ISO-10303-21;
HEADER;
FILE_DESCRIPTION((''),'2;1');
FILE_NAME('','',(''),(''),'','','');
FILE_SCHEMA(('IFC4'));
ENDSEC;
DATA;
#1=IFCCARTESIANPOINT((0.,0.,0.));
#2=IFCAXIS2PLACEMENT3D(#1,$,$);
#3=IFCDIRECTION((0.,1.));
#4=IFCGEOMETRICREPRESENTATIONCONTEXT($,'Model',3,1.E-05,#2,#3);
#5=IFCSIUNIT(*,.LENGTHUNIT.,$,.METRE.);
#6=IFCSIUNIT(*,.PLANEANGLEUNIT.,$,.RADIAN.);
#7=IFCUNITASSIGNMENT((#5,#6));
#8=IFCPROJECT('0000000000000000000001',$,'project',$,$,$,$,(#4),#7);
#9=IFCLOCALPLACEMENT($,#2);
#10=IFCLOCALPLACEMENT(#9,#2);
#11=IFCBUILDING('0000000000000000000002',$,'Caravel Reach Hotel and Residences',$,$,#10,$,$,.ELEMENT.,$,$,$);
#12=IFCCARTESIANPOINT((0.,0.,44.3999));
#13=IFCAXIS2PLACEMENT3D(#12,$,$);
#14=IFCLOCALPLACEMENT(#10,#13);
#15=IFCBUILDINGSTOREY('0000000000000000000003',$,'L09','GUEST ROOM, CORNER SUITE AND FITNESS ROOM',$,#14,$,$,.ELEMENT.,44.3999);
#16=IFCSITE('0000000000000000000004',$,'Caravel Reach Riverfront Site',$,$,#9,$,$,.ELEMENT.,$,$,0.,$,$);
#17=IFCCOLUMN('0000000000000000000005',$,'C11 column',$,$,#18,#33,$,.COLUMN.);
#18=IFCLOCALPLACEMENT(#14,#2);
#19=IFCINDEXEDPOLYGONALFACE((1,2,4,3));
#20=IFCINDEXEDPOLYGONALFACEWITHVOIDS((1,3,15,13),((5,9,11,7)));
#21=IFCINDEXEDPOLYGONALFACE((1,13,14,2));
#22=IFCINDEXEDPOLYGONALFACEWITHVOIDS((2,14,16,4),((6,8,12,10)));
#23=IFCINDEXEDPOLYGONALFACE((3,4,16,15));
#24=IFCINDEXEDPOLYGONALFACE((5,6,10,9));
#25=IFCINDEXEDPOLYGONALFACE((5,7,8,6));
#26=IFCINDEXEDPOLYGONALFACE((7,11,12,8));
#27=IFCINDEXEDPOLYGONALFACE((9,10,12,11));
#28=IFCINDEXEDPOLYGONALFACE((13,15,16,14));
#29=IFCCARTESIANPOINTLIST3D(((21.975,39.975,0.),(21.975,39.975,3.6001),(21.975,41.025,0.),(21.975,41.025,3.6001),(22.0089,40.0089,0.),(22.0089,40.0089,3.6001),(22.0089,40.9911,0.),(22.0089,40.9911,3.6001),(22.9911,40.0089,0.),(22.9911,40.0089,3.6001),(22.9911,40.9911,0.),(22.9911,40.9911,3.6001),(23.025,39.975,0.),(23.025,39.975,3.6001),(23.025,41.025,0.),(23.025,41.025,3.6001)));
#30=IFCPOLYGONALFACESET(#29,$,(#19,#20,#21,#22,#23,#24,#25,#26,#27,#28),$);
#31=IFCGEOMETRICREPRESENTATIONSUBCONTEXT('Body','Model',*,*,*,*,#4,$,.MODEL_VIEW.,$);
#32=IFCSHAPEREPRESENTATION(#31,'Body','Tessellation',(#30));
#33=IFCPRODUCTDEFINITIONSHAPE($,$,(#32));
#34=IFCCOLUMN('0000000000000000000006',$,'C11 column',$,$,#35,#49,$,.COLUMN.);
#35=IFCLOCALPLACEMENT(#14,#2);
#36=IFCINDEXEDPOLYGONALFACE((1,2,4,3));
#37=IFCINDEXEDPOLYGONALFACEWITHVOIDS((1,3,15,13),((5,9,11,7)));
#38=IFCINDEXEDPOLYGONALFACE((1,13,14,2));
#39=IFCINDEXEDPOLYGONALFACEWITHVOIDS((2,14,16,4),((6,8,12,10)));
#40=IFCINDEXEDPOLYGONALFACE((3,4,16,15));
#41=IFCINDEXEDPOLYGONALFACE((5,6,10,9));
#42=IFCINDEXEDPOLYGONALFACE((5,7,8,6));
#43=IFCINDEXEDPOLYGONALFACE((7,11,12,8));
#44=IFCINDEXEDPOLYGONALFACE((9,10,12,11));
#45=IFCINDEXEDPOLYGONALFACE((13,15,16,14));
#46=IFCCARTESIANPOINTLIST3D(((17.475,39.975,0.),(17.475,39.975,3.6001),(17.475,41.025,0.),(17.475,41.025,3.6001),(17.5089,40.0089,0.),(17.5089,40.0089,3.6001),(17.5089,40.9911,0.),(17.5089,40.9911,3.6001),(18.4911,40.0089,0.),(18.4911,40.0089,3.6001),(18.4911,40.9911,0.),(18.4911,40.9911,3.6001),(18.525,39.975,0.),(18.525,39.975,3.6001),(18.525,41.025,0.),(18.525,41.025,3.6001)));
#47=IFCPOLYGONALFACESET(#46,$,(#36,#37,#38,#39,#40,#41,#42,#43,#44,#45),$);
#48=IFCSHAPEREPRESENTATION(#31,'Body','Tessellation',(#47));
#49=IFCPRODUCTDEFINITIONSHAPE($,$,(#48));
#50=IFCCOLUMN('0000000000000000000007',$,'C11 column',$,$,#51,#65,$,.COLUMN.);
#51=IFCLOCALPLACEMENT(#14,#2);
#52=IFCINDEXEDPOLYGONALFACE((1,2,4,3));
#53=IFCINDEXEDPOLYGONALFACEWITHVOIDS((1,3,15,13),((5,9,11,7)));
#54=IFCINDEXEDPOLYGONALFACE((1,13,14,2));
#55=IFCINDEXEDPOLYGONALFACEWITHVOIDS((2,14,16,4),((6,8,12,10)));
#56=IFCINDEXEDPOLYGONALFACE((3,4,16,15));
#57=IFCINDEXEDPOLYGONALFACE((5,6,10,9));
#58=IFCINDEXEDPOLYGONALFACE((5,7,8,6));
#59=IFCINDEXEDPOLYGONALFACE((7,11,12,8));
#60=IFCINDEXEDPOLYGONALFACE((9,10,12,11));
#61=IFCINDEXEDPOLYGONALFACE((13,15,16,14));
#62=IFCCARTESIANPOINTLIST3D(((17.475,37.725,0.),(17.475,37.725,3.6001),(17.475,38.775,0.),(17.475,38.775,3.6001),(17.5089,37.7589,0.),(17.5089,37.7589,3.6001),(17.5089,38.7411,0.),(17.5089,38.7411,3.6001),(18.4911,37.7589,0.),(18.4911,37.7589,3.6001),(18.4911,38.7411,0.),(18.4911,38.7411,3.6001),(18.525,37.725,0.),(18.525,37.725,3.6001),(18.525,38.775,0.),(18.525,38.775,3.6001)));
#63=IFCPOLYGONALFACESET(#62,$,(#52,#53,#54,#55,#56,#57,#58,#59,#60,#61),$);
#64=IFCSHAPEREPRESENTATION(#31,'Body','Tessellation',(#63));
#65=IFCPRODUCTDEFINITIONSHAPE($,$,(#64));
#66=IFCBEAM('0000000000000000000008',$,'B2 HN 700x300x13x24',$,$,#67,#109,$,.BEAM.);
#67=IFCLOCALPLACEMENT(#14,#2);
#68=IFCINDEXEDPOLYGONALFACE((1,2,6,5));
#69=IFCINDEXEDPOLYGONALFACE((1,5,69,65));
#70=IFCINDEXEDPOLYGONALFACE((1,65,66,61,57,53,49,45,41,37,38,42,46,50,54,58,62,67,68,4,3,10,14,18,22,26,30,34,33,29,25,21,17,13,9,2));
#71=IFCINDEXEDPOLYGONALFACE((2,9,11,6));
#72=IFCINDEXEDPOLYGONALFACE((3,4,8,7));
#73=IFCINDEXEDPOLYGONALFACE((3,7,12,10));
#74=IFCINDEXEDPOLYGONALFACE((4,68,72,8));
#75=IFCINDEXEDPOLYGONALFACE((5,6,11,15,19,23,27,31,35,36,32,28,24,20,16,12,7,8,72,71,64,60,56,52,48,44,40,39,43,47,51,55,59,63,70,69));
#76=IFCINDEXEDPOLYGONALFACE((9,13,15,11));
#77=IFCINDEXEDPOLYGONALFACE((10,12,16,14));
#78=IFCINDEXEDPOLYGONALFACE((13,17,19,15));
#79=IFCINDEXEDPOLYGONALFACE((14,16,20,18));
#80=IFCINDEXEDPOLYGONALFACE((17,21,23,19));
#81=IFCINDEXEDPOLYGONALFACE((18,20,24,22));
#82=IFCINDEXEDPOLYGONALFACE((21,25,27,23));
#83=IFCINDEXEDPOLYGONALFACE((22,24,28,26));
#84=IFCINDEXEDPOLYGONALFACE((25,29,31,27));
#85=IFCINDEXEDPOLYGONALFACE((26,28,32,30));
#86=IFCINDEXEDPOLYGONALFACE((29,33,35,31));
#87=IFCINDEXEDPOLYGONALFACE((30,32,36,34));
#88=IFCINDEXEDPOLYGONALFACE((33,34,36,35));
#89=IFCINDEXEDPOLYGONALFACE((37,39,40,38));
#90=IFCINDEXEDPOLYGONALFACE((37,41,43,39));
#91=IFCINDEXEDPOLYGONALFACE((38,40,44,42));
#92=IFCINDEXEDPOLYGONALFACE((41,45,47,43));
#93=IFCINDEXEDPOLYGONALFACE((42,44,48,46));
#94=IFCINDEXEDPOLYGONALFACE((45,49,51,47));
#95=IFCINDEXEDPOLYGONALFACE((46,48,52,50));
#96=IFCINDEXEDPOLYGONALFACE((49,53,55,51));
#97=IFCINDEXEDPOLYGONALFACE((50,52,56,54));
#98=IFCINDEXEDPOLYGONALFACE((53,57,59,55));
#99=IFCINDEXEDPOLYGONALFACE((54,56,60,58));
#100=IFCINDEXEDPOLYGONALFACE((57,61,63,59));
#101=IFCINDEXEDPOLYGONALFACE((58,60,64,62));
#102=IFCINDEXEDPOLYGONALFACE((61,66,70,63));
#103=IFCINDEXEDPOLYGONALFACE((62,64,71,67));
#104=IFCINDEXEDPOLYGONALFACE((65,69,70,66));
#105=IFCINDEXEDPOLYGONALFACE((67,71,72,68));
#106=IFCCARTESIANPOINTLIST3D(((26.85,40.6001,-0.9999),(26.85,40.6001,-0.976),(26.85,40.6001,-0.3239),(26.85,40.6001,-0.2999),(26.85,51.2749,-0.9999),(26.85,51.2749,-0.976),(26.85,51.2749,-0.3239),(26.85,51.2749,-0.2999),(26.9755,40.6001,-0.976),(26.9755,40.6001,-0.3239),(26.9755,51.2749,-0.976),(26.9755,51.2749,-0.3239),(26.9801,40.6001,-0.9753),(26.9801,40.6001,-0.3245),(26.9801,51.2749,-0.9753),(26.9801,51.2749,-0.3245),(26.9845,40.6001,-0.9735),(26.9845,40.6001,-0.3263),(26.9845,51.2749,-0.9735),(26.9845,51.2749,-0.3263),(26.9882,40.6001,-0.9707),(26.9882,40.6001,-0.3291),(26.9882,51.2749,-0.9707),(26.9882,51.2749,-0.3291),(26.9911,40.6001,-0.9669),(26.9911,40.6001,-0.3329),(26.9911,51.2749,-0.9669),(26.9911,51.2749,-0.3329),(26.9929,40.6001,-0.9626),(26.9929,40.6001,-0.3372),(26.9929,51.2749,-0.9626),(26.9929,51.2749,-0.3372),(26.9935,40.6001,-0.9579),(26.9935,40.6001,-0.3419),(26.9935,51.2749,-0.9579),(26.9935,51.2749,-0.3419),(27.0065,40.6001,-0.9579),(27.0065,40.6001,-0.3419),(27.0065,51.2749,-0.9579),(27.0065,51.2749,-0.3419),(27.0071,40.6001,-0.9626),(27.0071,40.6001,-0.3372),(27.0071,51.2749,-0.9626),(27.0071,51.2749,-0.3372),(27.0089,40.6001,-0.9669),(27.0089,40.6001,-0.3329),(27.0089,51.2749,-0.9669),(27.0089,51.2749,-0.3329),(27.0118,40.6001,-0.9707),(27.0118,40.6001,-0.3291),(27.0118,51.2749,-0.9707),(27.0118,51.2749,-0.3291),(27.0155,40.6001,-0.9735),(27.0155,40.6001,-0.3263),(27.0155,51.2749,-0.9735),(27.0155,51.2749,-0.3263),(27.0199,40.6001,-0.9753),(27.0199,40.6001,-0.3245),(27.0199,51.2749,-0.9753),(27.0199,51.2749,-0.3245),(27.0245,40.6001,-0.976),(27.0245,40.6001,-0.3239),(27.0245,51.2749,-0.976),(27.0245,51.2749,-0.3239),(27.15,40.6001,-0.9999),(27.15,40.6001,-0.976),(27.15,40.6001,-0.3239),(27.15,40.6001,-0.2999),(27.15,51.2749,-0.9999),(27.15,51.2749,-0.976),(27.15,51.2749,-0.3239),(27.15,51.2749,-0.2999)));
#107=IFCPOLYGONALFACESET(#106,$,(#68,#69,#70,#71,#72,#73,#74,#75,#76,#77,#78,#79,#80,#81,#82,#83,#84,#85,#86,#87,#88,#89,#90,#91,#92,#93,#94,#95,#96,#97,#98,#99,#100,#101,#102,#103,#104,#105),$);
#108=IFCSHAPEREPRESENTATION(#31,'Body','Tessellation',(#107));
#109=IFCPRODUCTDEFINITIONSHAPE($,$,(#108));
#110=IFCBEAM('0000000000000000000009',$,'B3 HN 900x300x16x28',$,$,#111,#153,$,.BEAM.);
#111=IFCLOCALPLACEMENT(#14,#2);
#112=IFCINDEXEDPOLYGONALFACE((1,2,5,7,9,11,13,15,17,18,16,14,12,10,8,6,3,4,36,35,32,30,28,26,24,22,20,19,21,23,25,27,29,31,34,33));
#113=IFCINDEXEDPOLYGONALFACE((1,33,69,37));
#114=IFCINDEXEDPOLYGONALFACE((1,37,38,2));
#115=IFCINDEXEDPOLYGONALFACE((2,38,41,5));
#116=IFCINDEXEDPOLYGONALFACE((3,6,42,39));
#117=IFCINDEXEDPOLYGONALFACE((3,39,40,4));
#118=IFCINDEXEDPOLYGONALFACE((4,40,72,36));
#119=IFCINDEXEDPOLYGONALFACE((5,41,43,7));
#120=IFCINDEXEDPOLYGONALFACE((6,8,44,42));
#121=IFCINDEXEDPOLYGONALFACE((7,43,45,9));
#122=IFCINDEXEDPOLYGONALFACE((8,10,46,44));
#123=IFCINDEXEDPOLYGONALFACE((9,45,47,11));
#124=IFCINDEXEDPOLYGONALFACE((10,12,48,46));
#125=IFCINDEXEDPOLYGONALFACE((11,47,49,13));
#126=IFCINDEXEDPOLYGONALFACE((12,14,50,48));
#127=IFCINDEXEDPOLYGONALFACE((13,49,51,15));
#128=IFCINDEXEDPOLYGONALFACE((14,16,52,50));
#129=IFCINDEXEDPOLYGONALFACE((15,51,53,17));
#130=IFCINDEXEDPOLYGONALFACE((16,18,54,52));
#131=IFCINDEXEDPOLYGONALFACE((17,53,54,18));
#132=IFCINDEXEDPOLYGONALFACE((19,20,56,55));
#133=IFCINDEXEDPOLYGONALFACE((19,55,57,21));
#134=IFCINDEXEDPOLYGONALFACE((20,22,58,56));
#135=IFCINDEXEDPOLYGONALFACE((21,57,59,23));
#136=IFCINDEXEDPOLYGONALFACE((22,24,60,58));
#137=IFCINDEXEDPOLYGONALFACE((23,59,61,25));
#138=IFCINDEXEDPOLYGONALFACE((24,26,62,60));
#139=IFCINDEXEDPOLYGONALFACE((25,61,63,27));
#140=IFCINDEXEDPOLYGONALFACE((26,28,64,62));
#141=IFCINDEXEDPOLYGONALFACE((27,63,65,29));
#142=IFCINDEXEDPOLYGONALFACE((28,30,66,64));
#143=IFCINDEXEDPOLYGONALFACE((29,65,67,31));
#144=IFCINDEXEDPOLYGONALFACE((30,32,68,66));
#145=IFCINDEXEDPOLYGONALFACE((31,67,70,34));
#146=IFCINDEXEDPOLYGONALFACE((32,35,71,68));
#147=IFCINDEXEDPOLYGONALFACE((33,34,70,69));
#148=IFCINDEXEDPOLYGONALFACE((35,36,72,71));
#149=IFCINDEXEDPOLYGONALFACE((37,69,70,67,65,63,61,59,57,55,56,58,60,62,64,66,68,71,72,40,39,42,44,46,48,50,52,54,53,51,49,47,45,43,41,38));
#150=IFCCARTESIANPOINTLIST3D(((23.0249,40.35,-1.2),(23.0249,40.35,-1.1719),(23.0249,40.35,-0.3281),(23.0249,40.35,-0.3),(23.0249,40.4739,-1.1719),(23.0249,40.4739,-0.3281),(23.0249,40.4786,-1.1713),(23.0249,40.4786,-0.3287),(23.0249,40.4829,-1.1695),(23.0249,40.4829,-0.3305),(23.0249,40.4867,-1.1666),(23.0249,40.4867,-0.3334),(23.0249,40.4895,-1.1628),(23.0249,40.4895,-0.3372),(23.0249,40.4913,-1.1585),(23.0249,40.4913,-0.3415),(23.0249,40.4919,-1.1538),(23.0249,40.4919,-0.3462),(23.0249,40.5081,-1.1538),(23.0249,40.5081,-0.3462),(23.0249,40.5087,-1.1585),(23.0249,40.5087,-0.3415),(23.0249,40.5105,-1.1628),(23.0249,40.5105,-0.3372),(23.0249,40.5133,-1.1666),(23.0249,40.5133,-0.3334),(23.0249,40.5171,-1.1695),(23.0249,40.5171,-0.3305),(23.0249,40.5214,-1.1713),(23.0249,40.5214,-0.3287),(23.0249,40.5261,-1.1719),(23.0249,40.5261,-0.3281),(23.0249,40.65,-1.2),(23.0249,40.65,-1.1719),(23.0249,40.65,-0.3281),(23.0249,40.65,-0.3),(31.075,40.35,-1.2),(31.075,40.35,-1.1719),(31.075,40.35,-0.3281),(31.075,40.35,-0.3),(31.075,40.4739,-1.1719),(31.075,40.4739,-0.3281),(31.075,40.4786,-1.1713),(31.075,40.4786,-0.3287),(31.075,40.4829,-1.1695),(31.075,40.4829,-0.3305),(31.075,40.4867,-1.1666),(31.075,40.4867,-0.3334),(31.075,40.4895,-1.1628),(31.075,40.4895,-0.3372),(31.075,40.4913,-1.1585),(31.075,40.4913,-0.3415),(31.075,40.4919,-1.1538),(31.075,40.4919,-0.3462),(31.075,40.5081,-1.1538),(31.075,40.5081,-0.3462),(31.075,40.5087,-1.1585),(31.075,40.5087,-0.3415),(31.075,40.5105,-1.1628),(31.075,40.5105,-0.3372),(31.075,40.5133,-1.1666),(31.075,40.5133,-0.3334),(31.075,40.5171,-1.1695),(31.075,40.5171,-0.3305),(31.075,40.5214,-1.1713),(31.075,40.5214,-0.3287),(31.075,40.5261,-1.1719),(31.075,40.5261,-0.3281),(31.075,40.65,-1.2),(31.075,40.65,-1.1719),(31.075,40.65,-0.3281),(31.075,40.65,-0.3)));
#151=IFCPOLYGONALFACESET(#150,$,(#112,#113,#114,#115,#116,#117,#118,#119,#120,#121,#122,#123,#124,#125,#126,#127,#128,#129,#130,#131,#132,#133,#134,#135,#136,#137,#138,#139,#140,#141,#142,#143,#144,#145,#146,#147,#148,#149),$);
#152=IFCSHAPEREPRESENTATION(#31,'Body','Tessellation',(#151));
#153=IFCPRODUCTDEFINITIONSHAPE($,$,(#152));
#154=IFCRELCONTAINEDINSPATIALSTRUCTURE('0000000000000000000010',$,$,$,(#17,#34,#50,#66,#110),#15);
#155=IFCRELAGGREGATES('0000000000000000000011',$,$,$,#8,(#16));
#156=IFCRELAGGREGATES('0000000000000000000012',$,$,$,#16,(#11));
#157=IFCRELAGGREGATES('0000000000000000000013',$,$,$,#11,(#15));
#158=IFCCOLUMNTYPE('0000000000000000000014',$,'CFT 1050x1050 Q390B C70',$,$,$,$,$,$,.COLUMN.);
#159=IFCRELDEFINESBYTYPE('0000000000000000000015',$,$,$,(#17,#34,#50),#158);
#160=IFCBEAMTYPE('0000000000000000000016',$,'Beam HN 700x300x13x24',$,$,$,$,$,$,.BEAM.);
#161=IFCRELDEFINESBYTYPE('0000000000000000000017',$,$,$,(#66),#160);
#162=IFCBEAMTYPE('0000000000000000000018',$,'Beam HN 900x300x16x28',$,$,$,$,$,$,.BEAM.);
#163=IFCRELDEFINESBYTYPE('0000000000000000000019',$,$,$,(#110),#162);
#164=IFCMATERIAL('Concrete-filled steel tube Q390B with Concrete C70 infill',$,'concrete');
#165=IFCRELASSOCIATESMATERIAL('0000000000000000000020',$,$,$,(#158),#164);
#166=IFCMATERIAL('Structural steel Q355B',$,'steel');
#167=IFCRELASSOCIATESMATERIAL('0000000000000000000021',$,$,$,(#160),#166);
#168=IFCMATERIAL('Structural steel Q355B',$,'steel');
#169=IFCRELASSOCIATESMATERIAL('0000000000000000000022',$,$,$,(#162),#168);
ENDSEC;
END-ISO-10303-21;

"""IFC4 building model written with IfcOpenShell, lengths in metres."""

from ifc_helpers import new_model, si_unit, direction, frame, origin, origin_2d, place, context, subcontext, project, spatial, hollow_rectangle, i_section, extrude, material, material_profile, profile_set, type_object, element, save


model = new_model("IFC4")

# Units and contexts
model_context = context("Model", 3, precision=1e-05, world=origin(), true_north=direction((0.0, 1.0)))
body_context = subcontext(model_context, "Body", "Model", "MODEL_VIEW")
ifc_project = project(units=[si_unit("LENGTHUNIT", "METRE"), si_unit("PLANEANGLEUNIT", "RADIAN")], contexts=[model_context])

# Site, building, storey
site_placement = place(None, origin())
site = spatial("IfcSite", under=ifc_project, at=site_placement, Name="Caravel Reach Riverfront Site", CompositionType="ELEMENT", RefElevation=0.0)
building_placement = place(site_placement, origin())
building = spatial("IfcBuilding", under=site, at=building_placement, Name="Caravel Reach Hotel and Residences", CompositionType="ELEMENT")
storey_placement = place(building_placement, frame((0.0, 0.0, 44.3999)))
storey = spatial("IfcBuildingStorey", under=building, at=storey_placement, Name="L09", Description="GUEST ROOM, CORNER SUITE AND FITNESS ROOM", CompositionType="ELEMENT", Elevation=44.3999)

# Columns
ifc_material_1 = material(Name="Concrete-filled steel tube Q390B with Concrete C70 infill", Category="concrete")
ifc_material_profile_1 = material_profile(ifc_material_1, hollow_rectangle(XDim=1.05, YDim=1.05, WallThickness=0.0339, at=origin_2d()), Name="RHS 1050x1050x34")
ifc_profile_set_1 = profile_set([ifc_material_profile_1], Name="Concrete-filled steel tube Q390B with Concrete C70 infill")
column_type = type_object("IfcColumnType", Name="CFT 1050x1050 Q390B C70", PredefinedType="COLUMN", material=ifc_profile_set_1)
for number, where, z_axis, x_axis, name in (
    (1, (22.5, 40.5, 0.0), (0.0, 0.0, 1.0), (1.0, 0.0, 0.0), "C11 column"),
    (2, (18.0, 40.5, 0.0), (0.0, 0.0, 1.0), (1.0, 0.0, 0.0), "C11 column"),
    (3, (18.0, 38.25, 0.0), (0.0, 0.0, 1.0), (1.0, 0.0, 0.0), "C11 column"),
):
    element("IfcColumn", number, at=place(storey_placement, frame(where, z_axis=z_axis, x_axis=x_axis)), inside=storey, type_object=column_type, Name=name, PredefinedType="COLUMN", context=body_context, shape_type="SweptSolid", body=[
        extrude(hollow_rectangle(XDim=1.05, YDim=1.05, WallThickness=0.0339, at=origin_2d()), origin(), (0.0, 0.0, 1.0), 3.6001),
    ])

# Beams
ifc_material_2 = material(Name="Structural steel Q355B", Category="steel")
ifc_material_profile_2 = material_profile(ifc_material_2, i_section(OverallWidth=0.3, OverallDepth=0.7, WebThickness=0.0129, FlangeThickness=0.0239, FilletRadius=0.0181, at=origin_2d()), Name="HN 700x300x13x24")
ifc_profile_set_2 = profile_set([ifc_material_profile_2], Name="Structural steel Q355B")
beam_type_1 = type_object("IfcBeamType", Name="Beam HN 700x300x13x24", PredefinedType="BEAM", material=ifc_profile_set_2)
beam_1_placement = place(storey_placement, frame((27.0, 40.6001, -0.6499), z_axis=(0.0, 1.0, 0.0), x_axis=(-1.0, 0.0, 0.0)))
element("IfcBeam", 4, at=beam_1_placement, inside=storey, type_object=beam_type_1, Name="B2 HN 700x300x13x24", PredefinedType="BEAM", context=body_context, shape_type="SweptSolid", body=[
    extrude(i_section(OverallWidth=0.3, OverallDepth=0.7, WebThickness=0.0129, FlangeThickness=0.0239, FilletRadius=0.0181, at=origin_2d()), origin(), (0.0, 0.0, 1.0), 10.6748),
])
ifc_material_3 = material(Name="Structural steel Q355B", Category="steel")
ifc_material_profile_3 = material_profile(ifc_material_3, i_section(OverallWidth=0.3, OverallDepth=0.8999, WebThickness=0.0161, FlangeThickness=0.0281, FilletRadius=0.0181, at=origin_2d()), Name="HN 900x300x16x28")
ifc_profile_set_3 = profile_set([ifc_material_profile_3], Name="Structural steel Q355B")
beam_type_2 = type_object("IfcBeamType", Name="Beam HN 900x300x16x28", PredefinedType="BEAM", material=ifc_profile_set_3)
beam_2_placement = place(storey_placement, frame((23.0249, 40.5, -0.75), z_axis=(1.0, 0.0, 0.0), x_axis=(0.0, 1.0, 0.0)))
element("IfcBeam", 5, at=beam_2_placement, inside=storey, type_object=beam_type_2, Name="B3 HN 900x300x16x28", PredefinedType="BEAM", context=body_context, shape_type="SweptSolid", body=[
    extrude(i_section(OverallWidth=0.3, OverallDepth=0.8999, WebThickness=0.0161, FlangeThickness=0.0281, FilletRadius=0.0181, at=origin_2d()), origin(), (0.0, 0.0, 1.0), 8.05),
])

save(model, "model.ifc")
